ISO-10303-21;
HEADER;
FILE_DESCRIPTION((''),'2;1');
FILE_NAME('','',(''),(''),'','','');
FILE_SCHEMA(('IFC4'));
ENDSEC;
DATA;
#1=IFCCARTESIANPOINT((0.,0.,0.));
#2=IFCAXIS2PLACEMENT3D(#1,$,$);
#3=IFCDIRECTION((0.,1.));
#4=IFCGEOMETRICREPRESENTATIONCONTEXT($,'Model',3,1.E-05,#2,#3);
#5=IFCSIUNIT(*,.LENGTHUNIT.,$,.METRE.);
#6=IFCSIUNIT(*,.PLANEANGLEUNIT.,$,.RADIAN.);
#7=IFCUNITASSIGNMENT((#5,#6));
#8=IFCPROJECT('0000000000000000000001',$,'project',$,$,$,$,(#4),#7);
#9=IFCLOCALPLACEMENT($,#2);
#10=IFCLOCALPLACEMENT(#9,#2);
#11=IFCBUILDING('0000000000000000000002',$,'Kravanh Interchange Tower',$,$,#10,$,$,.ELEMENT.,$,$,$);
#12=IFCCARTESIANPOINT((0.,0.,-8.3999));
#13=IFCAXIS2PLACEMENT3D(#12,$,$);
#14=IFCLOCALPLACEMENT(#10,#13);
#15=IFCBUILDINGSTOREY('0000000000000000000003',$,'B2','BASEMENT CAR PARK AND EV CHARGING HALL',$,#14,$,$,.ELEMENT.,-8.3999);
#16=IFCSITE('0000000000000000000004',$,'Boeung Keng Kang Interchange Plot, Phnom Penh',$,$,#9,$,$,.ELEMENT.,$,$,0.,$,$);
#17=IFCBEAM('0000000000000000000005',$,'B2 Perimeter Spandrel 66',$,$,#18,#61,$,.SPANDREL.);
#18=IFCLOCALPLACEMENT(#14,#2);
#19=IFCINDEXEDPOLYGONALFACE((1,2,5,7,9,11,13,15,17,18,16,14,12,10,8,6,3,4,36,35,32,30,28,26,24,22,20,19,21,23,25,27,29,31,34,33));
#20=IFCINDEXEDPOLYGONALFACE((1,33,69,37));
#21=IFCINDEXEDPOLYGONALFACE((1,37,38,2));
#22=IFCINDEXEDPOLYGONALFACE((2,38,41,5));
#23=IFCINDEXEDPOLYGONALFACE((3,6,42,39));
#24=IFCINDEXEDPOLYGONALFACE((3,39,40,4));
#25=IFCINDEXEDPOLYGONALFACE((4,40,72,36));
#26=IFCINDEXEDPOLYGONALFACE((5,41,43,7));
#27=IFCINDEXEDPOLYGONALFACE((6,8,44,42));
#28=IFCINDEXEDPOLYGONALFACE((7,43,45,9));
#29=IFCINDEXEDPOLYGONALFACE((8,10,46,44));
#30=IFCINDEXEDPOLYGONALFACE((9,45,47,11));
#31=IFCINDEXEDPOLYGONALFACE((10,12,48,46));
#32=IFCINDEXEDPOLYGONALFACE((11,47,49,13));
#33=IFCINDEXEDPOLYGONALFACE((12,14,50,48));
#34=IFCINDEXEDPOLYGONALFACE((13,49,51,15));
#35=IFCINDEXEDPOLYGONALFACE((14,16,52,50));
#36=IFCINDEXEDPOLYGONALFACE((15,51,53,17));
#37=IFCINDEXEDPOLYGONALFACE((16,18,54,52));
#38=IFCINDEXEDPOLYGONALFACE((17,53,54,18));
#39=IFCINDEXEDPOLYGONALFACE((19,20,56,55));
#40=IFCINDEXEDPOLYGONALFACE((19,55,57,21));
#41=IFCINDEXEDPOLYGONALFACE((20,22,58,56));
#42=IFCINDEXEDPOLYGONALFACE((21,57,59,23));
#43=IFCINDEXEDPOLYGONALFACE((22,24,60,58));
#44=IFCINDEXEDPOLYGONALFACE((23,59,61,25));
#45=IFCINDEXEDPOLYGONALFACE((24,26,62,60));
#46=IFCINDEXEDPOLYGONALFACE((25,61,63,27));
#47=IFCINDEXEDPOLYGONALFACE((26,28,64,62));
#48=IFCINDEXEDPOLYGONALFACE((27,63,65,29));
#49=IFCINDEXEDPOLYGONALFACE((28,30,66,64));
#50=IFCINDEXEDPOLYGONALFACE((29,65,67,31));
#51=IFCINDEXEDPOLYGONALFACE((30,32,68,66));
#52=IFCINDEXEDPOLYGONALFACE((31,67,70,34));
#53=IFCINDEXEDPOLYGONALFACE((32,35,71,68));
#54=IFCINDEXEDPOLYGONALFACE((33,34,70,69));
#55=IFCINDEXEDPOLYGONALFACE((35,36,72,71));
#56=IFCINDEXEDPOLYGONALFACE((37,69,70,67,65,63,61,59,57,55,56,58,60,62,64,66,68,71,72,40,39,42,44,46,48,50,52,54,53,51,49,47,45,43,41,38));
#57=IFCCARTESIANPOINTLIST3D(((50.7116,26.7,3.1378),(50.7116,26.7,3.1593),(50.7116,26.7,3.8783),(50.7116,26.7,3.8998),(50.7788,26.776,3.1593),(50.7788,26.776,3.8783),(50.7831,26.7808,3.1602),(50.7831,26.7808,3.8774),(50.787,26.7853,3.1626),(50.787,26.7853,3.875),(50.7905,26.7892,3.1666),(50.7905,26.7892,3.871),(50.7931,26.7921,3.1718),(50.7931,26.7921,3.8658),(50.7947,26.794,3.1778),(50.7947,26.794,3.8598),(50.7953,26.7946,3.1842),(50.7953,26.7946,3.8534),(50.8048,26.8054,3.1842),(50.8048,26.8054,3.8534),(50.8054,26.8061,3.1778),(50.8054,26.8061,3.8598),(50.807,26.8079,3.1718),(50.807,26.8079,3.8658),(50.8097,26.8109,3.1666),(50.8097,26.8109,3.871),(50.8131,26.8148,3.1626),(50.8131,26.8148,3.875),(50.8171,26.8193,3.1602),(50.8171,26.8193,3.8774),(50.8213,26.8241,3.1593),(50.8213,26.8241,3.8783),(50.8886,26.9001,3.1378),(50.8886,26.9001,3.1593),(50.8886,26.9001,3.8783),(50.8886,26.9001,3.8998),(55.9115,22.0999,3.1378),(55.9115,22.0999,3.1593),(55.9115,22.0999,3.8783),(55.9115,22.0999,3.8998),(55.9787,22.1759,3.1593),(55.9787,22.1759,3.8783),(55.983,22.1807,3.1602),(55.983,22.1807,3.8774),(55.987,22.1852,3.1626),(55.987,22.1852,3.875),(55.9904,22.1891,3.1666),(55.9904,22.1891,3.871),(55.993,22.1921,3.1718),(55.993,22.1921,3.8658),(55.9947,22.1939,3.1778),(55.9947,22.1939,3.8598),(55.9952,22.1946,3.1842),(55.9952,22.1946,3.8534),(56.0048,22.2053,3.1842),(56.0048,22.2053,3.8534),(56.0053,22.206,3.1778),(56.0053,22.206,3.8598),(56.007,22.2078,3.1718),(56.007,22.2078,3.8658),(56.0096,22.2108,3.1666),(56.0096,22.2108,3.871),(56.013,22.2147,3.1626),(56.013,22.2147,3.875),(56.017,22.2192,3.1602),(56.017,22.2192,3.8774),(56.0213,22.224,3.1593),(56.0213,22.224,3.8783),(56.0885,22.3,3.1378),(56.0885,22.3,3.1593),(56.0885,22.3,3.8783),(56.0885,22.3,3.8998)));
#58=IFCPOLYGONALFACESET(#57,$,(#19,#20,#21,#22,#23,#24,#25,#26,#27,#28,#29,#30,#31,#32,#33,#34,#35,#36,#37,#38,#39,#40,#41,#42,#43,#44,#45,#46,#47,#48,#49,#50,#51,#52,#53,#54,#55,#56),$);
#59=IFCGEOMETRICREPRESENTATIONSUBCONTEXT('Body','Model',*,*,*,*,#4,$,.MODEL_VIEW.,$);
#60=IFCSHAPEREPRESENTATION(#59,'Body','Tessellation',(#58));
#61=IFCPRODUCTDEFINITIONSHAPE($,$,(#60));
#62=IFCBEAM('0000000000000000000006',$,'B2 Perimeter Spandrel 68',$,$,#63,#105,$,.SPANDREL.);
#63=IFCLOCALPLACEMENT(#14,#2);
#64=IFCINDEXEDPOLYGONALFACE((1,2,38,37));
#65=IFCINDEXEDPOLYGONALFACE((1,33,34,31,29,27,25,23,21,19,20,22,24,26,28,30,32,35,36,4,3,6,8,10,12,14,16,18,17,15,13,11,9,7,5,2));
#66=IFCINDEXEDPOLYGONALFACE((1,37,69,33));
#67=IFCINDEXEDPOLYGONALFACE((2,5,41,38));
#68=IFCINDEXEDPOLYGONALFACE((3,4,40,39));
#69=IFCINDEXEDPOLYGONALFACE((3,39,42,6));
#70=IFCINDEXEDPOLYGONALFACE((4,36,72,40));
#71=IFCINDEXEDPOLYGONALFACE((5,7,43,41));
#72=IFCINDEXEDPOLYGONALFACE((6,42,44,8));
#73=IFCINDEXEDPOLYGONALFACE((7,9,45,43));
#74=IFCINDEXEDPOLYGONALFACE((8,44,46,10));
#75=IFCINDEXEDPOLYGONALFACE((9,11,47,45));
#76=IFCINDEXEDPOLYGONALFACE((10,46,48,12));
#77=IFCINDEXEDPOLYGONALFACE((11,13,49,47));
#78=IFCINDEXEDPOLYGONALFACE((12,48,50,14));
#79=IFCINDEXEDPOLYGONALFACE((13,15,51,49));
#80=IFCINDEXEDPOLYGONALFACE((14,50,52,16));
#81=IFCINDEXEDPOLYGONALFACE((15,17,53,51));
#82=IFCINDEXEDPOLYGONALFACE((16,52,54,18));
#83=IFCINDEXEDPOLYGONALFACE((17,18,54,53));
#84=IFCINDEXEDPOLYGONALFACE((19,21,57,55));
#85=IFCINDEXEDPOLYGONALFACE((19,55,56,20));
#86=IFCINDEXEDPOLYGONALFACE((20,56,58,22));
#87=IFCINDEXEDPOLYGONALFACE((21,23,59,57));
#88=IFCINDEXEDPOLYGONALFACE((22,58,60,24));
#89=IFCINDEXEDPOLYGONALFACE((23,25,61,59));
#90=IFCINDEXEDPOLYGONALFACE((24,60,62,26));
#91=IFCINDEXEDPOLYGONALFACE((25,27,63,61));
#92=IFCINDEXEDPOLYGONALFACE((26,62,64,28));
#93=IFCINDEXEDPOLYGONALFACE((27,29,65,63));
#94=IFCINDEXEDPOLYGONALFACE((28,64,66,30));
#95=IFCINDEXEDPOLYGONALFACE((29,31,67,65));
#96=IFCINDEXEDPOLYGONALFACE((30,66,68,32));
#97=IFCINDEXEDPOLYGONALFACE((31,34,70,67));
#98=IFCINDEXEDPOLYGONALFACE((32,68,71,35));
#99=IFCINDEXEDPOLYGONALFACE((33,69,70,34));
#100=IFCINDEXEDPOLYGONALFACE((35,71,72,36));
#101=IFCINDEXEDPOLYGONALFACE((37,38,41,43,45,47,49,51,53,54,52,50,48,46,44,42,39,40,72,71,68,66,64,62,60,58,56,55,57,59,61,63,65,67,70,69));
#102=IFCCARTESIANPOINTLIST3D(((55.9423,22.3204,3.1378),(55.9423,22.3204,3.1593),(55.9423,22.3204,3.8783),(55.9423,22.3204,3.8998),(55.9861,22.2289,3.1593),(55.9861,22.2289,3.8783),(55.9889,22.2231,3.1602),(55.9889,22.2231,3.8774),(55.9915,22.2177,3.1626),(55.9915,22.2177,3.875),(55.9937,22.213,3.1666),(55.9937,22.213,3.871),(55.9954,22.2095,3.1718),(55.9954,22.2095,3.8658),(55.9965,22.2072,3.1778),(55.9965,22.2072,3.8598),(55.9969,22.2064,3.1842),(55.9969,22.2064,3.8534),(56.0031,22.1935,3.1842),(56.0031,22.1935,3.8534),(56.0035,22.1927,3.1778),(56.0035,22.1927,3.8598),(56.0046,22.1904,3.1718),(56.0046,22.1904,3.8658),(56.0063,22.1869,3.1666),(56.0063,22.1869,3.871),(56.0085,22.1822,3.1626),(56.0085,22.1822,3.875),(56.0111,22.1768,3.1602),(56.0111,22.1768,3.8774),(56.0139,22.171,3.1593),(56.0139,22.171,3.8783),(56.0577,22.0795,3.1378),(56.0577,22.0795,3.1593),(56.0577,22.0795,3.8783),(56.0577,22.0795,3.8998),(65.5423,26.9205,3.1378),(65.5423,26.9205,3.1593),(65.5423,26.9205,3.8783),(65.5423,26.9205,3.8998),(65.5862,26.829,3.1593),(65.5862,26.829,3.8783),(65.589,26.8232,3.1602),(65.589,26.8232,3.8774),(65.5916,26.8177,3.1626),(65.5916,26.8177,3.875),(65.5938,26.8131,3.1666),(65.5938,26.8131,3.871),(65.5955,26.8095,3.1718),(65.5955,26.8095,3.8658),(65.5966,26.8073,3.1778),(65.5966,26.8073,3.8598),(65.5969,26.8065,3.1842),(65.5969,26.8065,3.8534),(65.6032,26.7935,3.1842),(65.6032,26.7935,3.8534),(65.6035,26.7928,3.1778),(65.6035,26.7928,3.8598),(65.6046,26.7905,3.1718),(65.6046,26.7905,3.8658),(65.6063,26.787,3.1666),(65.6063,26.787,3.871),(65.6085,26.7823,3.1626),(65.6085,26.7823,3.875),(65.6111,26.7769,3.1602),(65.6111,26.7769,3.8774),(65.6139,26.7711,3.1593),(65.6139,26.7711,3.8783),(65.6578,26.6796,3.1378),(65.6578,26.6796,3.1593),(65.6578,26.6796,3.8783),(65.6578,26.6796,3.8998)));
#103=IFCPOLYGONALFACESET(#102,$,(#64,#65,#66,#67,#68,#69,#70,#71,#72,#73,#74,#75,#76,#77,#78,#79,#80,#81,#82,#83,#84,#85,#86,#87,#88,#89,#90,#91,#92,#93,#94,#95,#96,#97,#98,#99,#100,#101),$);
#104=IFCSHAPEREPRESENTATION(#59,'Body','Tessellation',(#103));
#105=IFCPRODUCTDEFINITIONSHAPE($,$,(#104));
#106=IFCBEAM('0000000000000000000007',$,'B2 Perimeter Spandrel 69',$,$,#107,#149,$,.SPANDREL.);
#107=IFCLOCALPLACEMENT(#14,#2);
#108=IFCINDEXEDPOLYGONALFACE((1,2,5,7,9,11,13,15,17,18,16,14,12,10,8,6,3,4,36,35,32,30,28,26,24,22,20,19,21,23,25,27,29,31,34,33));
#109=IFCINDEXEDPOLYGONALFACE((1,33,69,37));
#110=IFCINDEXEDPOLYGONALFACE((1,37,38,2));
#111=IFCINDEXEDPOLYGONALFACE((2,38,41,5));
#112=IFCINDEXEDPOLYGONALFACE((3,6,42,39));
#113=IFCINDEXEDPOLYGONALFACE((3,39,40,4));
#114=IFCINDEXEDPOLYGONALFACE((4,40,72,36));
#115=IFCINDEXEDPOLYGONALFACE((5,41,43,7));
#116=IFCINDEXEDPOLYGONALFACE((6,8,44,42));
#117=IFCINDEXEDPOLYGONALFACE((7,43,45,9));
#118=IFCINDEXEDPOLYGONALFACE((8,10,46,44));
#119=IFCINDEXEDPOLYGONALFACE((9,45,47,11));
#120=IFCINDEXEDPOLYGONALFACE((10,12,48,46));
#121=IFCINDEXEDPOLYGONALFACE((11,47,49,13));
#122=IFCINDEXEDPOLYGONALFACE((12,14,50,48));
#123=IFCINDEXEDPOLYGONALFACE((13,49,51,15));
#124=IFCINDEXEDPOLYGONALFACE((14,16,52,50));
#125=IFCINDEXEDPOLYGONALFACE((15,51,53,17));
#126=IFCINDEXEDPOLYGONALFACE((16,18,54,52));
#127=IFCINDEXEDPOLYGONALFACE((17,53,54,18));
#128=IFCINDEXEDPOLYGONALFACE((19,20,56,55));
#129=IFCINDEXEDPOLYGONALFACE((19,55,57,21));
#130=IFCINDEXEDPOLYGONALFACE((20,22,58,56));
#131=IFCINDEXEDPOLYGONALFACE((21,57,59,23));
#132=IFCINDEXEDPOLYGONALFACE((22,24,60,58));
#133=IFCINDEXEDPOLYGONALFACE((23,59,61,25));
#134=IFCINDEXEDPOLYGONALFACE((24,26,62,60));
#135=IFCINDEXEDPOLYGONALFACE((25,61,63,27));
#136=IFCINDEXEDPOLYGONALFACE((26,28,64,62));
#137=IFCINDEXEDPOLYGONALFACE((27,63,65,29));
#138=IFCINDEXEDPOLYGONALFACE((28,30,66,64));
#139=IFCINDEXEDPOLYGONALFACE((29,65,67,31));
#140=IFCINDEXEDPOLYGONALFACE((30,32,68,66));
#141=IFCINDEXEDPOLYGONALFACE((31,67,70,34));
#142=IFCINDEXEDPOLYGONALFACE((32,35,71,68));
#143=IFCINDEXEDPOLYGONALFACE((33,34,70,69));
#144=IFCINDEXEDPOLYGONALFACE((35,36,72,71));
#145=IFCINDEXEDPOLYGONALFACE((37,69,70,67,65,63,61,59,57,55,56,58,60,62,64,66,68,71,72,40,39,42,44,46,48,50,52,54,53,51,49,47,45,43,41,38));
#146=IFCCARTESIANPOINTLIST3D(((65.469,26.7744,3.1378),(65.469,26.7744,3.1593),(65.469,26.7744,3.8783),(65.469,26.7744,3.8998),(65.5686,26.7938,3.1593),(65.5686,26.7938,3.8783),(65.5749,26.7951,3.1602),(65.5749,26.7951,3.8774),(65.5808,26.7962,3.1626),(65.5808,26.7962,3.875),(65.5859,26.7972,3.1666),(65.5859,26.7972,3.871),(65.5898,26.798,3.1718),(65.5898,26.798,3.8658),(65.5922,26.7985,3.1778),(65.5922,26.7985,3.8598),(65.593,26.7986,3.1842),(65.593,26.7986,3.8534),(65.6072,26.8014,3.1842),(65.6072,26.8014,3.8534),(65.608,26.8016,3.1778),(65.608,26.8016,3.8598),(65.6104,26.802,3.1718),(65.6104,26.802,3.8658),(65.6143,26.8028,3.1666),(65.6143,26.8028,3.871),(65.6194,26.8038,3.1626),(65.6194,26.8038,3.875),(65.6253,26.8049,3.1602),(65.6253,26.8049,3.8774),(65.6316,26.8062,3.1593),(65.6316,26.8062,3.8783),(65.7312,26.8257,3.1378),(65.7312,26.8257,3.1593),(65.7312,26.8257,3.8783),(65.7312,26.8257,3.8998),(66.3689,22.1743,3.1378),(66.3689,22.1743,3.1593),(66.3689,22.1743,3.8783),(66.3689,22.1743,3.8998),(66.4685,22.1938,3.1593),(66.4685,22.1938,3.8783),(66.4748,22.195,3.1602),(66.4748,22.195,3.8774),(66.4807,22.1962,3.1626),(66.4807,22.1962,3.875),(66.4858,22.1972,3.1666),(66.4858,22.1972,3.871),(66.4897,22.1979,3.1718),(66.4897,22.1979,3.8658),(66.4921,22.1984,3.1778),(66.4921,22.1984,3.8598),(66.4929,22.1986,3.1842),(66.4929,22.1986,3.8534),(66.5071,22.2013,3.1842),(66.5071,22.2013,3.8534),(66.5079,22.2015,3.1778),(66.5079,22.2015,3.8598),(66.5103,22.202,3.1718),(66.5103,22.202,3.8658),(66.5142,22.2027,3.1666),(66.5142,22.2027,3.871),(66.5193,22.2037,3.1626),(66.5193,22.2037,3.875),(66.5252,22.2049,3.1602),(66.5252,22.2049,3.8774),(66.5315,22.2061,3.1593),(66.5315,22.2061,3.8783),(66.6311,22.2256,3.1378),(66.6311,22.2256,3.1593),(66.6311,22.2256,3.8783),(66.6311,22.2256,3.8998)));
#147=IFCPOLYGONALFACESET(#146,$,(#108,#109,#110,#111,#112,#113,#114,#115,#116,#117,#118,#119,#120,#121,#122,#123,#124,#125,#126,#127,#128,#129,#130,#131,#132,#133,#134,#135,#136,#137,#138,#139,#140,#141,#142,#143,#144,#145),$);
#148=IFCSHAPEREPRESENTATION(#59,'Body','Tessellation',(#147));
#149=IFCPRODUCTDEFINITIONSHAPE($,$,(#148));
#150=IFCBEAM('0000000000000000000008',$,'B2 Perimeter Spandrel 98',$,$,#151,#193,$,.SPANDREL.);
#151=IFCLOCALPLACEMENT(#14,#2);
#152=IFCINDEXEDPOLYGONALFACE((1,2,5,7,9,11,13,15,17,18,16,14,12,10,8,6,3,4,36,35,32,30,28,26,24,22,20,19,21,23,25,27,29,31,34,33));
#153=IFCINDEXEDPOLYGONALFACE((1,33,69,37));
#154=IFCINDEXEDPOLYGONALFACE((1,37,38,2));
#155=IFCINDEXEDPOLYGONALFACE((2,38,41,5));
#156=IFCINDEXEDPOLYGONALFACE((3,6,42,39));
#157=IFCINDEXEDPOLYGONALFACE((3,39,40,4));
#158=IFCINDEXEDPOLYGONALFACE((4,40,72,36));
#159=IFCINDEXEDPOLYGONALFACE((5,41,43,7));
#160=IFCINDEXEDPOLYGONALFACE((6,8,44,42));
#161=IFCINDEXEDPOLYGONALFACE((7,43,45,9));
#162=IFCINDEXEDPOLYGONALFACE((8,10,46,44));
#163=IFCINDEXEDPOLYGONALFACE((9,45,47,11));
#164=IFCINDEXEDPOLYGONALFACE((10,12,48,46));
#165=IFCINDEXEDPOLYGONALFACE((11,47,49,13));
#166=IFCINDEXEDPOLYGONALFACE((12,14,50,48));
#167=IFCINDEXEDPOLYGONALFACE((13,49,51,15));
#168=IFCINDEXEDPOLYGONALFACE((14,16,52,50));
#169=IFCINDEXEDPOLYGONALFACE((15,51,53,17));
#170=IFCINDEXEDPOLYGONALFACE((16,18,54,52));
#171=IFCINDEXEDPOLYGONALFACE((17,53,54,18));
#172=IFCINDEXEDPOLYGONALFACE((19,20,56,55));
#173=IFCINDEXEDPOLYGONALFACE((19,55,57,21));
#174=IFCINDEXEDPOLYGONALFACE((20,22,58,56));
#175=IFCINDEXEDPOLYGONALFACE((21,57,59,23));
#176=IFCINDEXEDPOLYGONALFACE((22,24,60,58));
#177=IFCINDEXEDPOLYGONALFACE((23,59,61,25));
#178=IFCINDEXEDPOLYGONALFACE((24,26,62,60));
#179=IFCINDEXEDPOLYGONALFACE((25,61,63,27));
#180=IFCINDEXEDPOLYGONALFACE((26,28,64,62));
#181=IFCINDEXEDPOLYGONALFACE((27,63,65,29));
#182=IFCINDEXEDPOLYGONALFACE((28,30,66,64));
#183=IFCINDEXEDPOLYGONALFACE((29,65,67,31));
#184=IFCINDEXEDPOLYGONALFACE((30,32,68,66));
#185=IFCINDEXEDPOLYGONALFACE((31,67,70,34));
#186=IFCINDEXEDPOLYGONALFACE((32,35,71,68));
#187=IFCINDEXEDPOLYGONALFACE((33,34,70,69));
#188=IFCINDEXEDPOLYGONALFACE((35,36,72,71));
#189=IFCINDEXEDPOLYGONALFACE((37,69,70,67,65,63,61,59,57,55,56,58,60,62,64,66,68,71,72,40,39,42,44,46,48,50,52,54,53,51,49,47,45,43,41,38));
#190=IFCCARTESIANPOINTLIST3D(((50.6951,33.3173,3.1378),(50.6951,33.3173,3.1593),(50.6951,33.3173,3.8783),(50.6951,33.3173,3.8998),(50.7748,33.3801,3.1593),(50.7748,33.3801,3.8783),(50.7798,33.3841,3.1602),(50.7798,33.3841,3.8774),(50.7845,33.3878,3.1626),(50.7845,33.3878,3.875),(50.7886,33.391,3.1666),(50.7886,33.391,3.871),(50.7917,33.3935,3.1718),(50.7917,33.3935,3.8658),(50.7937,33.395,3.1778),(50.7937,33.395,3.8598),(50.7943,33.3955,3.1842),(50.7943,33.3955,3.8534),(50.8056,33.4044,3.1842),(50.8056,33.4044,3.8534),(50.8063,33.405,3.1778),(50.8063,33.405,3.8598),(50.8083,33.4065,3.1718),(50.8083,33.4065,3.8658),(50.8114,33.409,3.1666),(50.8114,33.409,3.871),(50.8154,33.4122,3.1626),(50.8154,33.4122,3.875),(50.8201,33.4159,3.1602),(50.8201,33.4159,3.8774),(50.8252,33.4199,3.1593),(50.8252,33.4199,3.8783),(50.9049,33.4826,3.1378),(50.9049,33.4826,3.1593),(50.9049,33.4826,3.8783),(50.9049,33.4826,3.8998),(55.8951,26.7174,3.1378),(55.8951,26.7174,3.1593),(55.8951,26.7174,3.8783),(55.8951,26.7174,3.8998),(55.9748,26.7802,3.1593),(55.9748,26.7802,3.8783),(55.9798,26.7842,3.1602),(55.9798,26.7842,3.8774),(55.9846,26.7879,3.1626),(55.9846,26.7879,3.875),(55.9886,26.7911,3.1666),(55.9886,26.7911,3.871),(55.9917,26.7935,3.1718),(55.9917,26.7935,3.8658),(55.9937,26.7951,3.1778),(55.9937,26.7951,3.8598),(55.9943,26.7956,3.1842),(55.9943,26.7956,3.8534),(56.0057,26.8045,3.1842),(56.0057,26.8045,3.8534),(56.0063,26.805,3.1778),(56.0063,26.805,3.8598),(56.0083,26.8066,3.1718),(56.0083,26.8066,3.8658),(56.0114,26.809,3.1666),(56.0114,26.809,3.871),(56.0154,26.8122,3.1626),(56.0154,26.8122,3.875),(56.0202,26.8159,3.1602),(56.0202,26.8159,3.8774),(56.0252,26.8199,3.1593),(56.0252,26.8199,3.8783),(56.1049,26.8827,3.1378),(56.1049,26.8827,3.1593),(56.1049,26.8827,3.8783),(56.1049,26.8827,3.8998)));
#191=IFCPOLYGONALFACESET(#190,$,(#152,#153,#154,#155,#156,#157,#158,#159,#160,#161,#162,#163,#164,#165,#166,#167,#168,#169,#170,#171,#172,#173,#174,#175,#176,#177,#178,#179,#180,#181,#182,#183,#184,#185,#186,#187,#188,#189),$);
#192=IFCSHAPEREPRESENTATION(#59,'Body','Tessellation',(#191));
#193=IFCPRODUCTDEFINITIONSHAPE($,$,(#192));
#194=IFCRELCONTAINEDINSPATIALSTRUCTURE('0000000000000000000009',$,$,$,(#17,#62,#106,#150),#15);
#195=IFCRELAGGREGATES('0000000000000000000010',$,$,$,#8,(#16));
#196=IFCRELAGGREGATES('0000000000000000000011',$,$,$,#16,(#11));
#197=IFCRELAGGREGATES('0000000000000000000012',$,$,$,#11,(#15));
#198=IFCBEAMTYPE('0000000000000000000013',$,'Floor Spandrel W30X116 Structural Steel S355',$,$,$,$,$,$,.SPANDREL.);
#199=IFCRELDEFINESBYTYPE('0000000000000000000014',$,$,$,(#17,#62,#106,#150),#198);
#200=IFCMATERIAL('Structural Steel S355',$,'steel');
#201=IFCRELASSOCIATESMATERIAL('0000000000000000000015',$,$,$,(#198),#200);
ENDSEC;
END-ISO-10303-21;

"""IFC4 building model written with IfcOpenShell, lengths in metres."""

from ifc_helpers import new_model, si_unit, direction, frame, origin, origin_2d, place, context, subcontext, project, spatial, i_section, extrude, material, material_profile, profile_set, type_object, element, save


model = new_model("IFC4")

# Units and contexts
model_context = context("Model", 3, precision=1e-05, world=origin(), true_north=direction((0.0, 1.0)))
body_context = subcontext(model_context, "Body", "Model", "MODEL_VIEW")
ifc_project = project(units=[si_unit("LENGTHUNIT", "METRE"), si_unit("PLANEANGLEUNIT", "RADIAN")], contexts=[model_context])

# Site, building, storey
site_placement = place(None, origin())
site = spatial("IfcSite", under=ifc_project, at=site_placement, Name="Boeung Keng Kang Interchange Plot, Phnom Penh", CompositionType="ELEMENT", RefElevation=0.0)
building_placement = place(site_placement, origin())
building = spatial("IfcBuilding", under=site, at=building_placement, Name="Kravanh Interchange Tower", CompositionType="ELEMENT")
storey_placement = place(building_placement, frame((0.0, 0.0, -8.3999)))
storey = spatial("IfcBuildingStorey", under=building, at=storey_placement, Name="B2", Description="BASEMENT CAR PARK AND EV CHARGING HALL", CompositionType="ELEMENT", Elevation=-8.3999)

# Beams
ifc_material_1 = material(Name="Structural Steel S355", Category="steel")
ifc_material_profile_1 = material_profile(ifc_material_1, i_section(OverallWidth=0.2671, OverallDepth=0.762, WebThickness=0.0144, FlangeThickness=0.0215, FilletRadius=0.0249, at=origin_2d()), Name="W30X116")
ifc_profile_set_1 = profile_set([ifc_material_profile_1], Name="Structural Steel S355")
beam_type_1 = type_object("IfcBeamType", Name="Floor Spandrel W30X116 Structural Steel S355", PredefinedType="SPANDREL", material=ifc_profile_set_1)
beam_1_placement = place(storey_placement, frame((56.0, 22.2, 3.5188), z_axis=(-0.748986, 0.662585, 0.0), x_axis=(-0.662585, -0.748986, 0.0)))
element("IfcBeam", 1, at=beam_1_placement, inside=storey, type_object=beam_type_1, Name="B2 Perimeter Spandrel 66", PredefinedType="SPANDREL", context=body_context, shape_type="SweptSolid", body=[
    extrude(i_section(OverallWidth=0.2671, OverallDepth=0.762, WebThickness=0.0144, FlangeThickness=0.0215, FilletRadius=0.0249, at=origin_2d()), origin(), (0.0, 0.0, 1.0), 6.9426),
])
beam_2_placement = place(storey_placement, frame((56.0, 22.2, 3.5188), z_axis=(0.901814, 0.432124, 0.0), x_axis=(-0.432124, 0.901814, 0.0)))
element("IfcBeam", 2, at=beam_2_placement, inside=storey, type_object=beam_type_1, Name="B2 Perimeter Spandrel 68", PredefinedType="SPANDREL", context=body_context, shape_type="SweptSolid", body=[
    extrude(i_section(OverallWidth=0.2671, OverallDepth=0.762, WebThickness=0.0144, FlangeThickness=0.0215, FilletRadius=0.0249, at=origin_2d()), origin(), (0.0, 0.0, 1.0), 10.6453),
])
beam_3_placement = place(storey_placement, frame((66.5, 22.2, 3.5188), z_axis=(-0.191988, 0.981397, 0.0), x_axis=(-0.981397, -0.191988, 0.0)))
element("IfcBeam", 3, at=beam_3_placement, inside=storey, type_object=beam_type_1, Name="B2 Perimeter Spandrel 69", PredefinedType="SPANDREL", context=body_context, shape_type="SweptSolid", body=[
    extrude(i_section(OverallWidth=0.2671, OverallDepth=0.762, WebThickness=0.0144, FlangeThickness=0.0215, FilletRadius=0.0249, at=origin_2d()), origin(), (0.0, 0.0, 1.0), 4.6873),
])
beam_4_placement = place(storey_placement, frame((56.0, 26.8, 3.5188), z_axis=(-0.618877, 0.785488, 0.0), x_axis=(-0.785488, -0.618877, 0.0)))
element("IfcBeam", 4, at=beam_4_placement, inside=storey, type_object=beam_type_1, Name="B2 Perimeter Spandrel 98", PredefinedType="SPANDREL", context=body_context, shape_type="SweptSolid", body=[
    extrude(i_section(OverallWidth=0.2671, OverallDepth=0.762, WebThickness=0.0144, FlangeThickness=0.0215, FilletRadius=0.0249, at=origin_2d()), origin(), (0.0, 0.0, 1.0), 8.4023),
])

save(model, "model.ifc")
